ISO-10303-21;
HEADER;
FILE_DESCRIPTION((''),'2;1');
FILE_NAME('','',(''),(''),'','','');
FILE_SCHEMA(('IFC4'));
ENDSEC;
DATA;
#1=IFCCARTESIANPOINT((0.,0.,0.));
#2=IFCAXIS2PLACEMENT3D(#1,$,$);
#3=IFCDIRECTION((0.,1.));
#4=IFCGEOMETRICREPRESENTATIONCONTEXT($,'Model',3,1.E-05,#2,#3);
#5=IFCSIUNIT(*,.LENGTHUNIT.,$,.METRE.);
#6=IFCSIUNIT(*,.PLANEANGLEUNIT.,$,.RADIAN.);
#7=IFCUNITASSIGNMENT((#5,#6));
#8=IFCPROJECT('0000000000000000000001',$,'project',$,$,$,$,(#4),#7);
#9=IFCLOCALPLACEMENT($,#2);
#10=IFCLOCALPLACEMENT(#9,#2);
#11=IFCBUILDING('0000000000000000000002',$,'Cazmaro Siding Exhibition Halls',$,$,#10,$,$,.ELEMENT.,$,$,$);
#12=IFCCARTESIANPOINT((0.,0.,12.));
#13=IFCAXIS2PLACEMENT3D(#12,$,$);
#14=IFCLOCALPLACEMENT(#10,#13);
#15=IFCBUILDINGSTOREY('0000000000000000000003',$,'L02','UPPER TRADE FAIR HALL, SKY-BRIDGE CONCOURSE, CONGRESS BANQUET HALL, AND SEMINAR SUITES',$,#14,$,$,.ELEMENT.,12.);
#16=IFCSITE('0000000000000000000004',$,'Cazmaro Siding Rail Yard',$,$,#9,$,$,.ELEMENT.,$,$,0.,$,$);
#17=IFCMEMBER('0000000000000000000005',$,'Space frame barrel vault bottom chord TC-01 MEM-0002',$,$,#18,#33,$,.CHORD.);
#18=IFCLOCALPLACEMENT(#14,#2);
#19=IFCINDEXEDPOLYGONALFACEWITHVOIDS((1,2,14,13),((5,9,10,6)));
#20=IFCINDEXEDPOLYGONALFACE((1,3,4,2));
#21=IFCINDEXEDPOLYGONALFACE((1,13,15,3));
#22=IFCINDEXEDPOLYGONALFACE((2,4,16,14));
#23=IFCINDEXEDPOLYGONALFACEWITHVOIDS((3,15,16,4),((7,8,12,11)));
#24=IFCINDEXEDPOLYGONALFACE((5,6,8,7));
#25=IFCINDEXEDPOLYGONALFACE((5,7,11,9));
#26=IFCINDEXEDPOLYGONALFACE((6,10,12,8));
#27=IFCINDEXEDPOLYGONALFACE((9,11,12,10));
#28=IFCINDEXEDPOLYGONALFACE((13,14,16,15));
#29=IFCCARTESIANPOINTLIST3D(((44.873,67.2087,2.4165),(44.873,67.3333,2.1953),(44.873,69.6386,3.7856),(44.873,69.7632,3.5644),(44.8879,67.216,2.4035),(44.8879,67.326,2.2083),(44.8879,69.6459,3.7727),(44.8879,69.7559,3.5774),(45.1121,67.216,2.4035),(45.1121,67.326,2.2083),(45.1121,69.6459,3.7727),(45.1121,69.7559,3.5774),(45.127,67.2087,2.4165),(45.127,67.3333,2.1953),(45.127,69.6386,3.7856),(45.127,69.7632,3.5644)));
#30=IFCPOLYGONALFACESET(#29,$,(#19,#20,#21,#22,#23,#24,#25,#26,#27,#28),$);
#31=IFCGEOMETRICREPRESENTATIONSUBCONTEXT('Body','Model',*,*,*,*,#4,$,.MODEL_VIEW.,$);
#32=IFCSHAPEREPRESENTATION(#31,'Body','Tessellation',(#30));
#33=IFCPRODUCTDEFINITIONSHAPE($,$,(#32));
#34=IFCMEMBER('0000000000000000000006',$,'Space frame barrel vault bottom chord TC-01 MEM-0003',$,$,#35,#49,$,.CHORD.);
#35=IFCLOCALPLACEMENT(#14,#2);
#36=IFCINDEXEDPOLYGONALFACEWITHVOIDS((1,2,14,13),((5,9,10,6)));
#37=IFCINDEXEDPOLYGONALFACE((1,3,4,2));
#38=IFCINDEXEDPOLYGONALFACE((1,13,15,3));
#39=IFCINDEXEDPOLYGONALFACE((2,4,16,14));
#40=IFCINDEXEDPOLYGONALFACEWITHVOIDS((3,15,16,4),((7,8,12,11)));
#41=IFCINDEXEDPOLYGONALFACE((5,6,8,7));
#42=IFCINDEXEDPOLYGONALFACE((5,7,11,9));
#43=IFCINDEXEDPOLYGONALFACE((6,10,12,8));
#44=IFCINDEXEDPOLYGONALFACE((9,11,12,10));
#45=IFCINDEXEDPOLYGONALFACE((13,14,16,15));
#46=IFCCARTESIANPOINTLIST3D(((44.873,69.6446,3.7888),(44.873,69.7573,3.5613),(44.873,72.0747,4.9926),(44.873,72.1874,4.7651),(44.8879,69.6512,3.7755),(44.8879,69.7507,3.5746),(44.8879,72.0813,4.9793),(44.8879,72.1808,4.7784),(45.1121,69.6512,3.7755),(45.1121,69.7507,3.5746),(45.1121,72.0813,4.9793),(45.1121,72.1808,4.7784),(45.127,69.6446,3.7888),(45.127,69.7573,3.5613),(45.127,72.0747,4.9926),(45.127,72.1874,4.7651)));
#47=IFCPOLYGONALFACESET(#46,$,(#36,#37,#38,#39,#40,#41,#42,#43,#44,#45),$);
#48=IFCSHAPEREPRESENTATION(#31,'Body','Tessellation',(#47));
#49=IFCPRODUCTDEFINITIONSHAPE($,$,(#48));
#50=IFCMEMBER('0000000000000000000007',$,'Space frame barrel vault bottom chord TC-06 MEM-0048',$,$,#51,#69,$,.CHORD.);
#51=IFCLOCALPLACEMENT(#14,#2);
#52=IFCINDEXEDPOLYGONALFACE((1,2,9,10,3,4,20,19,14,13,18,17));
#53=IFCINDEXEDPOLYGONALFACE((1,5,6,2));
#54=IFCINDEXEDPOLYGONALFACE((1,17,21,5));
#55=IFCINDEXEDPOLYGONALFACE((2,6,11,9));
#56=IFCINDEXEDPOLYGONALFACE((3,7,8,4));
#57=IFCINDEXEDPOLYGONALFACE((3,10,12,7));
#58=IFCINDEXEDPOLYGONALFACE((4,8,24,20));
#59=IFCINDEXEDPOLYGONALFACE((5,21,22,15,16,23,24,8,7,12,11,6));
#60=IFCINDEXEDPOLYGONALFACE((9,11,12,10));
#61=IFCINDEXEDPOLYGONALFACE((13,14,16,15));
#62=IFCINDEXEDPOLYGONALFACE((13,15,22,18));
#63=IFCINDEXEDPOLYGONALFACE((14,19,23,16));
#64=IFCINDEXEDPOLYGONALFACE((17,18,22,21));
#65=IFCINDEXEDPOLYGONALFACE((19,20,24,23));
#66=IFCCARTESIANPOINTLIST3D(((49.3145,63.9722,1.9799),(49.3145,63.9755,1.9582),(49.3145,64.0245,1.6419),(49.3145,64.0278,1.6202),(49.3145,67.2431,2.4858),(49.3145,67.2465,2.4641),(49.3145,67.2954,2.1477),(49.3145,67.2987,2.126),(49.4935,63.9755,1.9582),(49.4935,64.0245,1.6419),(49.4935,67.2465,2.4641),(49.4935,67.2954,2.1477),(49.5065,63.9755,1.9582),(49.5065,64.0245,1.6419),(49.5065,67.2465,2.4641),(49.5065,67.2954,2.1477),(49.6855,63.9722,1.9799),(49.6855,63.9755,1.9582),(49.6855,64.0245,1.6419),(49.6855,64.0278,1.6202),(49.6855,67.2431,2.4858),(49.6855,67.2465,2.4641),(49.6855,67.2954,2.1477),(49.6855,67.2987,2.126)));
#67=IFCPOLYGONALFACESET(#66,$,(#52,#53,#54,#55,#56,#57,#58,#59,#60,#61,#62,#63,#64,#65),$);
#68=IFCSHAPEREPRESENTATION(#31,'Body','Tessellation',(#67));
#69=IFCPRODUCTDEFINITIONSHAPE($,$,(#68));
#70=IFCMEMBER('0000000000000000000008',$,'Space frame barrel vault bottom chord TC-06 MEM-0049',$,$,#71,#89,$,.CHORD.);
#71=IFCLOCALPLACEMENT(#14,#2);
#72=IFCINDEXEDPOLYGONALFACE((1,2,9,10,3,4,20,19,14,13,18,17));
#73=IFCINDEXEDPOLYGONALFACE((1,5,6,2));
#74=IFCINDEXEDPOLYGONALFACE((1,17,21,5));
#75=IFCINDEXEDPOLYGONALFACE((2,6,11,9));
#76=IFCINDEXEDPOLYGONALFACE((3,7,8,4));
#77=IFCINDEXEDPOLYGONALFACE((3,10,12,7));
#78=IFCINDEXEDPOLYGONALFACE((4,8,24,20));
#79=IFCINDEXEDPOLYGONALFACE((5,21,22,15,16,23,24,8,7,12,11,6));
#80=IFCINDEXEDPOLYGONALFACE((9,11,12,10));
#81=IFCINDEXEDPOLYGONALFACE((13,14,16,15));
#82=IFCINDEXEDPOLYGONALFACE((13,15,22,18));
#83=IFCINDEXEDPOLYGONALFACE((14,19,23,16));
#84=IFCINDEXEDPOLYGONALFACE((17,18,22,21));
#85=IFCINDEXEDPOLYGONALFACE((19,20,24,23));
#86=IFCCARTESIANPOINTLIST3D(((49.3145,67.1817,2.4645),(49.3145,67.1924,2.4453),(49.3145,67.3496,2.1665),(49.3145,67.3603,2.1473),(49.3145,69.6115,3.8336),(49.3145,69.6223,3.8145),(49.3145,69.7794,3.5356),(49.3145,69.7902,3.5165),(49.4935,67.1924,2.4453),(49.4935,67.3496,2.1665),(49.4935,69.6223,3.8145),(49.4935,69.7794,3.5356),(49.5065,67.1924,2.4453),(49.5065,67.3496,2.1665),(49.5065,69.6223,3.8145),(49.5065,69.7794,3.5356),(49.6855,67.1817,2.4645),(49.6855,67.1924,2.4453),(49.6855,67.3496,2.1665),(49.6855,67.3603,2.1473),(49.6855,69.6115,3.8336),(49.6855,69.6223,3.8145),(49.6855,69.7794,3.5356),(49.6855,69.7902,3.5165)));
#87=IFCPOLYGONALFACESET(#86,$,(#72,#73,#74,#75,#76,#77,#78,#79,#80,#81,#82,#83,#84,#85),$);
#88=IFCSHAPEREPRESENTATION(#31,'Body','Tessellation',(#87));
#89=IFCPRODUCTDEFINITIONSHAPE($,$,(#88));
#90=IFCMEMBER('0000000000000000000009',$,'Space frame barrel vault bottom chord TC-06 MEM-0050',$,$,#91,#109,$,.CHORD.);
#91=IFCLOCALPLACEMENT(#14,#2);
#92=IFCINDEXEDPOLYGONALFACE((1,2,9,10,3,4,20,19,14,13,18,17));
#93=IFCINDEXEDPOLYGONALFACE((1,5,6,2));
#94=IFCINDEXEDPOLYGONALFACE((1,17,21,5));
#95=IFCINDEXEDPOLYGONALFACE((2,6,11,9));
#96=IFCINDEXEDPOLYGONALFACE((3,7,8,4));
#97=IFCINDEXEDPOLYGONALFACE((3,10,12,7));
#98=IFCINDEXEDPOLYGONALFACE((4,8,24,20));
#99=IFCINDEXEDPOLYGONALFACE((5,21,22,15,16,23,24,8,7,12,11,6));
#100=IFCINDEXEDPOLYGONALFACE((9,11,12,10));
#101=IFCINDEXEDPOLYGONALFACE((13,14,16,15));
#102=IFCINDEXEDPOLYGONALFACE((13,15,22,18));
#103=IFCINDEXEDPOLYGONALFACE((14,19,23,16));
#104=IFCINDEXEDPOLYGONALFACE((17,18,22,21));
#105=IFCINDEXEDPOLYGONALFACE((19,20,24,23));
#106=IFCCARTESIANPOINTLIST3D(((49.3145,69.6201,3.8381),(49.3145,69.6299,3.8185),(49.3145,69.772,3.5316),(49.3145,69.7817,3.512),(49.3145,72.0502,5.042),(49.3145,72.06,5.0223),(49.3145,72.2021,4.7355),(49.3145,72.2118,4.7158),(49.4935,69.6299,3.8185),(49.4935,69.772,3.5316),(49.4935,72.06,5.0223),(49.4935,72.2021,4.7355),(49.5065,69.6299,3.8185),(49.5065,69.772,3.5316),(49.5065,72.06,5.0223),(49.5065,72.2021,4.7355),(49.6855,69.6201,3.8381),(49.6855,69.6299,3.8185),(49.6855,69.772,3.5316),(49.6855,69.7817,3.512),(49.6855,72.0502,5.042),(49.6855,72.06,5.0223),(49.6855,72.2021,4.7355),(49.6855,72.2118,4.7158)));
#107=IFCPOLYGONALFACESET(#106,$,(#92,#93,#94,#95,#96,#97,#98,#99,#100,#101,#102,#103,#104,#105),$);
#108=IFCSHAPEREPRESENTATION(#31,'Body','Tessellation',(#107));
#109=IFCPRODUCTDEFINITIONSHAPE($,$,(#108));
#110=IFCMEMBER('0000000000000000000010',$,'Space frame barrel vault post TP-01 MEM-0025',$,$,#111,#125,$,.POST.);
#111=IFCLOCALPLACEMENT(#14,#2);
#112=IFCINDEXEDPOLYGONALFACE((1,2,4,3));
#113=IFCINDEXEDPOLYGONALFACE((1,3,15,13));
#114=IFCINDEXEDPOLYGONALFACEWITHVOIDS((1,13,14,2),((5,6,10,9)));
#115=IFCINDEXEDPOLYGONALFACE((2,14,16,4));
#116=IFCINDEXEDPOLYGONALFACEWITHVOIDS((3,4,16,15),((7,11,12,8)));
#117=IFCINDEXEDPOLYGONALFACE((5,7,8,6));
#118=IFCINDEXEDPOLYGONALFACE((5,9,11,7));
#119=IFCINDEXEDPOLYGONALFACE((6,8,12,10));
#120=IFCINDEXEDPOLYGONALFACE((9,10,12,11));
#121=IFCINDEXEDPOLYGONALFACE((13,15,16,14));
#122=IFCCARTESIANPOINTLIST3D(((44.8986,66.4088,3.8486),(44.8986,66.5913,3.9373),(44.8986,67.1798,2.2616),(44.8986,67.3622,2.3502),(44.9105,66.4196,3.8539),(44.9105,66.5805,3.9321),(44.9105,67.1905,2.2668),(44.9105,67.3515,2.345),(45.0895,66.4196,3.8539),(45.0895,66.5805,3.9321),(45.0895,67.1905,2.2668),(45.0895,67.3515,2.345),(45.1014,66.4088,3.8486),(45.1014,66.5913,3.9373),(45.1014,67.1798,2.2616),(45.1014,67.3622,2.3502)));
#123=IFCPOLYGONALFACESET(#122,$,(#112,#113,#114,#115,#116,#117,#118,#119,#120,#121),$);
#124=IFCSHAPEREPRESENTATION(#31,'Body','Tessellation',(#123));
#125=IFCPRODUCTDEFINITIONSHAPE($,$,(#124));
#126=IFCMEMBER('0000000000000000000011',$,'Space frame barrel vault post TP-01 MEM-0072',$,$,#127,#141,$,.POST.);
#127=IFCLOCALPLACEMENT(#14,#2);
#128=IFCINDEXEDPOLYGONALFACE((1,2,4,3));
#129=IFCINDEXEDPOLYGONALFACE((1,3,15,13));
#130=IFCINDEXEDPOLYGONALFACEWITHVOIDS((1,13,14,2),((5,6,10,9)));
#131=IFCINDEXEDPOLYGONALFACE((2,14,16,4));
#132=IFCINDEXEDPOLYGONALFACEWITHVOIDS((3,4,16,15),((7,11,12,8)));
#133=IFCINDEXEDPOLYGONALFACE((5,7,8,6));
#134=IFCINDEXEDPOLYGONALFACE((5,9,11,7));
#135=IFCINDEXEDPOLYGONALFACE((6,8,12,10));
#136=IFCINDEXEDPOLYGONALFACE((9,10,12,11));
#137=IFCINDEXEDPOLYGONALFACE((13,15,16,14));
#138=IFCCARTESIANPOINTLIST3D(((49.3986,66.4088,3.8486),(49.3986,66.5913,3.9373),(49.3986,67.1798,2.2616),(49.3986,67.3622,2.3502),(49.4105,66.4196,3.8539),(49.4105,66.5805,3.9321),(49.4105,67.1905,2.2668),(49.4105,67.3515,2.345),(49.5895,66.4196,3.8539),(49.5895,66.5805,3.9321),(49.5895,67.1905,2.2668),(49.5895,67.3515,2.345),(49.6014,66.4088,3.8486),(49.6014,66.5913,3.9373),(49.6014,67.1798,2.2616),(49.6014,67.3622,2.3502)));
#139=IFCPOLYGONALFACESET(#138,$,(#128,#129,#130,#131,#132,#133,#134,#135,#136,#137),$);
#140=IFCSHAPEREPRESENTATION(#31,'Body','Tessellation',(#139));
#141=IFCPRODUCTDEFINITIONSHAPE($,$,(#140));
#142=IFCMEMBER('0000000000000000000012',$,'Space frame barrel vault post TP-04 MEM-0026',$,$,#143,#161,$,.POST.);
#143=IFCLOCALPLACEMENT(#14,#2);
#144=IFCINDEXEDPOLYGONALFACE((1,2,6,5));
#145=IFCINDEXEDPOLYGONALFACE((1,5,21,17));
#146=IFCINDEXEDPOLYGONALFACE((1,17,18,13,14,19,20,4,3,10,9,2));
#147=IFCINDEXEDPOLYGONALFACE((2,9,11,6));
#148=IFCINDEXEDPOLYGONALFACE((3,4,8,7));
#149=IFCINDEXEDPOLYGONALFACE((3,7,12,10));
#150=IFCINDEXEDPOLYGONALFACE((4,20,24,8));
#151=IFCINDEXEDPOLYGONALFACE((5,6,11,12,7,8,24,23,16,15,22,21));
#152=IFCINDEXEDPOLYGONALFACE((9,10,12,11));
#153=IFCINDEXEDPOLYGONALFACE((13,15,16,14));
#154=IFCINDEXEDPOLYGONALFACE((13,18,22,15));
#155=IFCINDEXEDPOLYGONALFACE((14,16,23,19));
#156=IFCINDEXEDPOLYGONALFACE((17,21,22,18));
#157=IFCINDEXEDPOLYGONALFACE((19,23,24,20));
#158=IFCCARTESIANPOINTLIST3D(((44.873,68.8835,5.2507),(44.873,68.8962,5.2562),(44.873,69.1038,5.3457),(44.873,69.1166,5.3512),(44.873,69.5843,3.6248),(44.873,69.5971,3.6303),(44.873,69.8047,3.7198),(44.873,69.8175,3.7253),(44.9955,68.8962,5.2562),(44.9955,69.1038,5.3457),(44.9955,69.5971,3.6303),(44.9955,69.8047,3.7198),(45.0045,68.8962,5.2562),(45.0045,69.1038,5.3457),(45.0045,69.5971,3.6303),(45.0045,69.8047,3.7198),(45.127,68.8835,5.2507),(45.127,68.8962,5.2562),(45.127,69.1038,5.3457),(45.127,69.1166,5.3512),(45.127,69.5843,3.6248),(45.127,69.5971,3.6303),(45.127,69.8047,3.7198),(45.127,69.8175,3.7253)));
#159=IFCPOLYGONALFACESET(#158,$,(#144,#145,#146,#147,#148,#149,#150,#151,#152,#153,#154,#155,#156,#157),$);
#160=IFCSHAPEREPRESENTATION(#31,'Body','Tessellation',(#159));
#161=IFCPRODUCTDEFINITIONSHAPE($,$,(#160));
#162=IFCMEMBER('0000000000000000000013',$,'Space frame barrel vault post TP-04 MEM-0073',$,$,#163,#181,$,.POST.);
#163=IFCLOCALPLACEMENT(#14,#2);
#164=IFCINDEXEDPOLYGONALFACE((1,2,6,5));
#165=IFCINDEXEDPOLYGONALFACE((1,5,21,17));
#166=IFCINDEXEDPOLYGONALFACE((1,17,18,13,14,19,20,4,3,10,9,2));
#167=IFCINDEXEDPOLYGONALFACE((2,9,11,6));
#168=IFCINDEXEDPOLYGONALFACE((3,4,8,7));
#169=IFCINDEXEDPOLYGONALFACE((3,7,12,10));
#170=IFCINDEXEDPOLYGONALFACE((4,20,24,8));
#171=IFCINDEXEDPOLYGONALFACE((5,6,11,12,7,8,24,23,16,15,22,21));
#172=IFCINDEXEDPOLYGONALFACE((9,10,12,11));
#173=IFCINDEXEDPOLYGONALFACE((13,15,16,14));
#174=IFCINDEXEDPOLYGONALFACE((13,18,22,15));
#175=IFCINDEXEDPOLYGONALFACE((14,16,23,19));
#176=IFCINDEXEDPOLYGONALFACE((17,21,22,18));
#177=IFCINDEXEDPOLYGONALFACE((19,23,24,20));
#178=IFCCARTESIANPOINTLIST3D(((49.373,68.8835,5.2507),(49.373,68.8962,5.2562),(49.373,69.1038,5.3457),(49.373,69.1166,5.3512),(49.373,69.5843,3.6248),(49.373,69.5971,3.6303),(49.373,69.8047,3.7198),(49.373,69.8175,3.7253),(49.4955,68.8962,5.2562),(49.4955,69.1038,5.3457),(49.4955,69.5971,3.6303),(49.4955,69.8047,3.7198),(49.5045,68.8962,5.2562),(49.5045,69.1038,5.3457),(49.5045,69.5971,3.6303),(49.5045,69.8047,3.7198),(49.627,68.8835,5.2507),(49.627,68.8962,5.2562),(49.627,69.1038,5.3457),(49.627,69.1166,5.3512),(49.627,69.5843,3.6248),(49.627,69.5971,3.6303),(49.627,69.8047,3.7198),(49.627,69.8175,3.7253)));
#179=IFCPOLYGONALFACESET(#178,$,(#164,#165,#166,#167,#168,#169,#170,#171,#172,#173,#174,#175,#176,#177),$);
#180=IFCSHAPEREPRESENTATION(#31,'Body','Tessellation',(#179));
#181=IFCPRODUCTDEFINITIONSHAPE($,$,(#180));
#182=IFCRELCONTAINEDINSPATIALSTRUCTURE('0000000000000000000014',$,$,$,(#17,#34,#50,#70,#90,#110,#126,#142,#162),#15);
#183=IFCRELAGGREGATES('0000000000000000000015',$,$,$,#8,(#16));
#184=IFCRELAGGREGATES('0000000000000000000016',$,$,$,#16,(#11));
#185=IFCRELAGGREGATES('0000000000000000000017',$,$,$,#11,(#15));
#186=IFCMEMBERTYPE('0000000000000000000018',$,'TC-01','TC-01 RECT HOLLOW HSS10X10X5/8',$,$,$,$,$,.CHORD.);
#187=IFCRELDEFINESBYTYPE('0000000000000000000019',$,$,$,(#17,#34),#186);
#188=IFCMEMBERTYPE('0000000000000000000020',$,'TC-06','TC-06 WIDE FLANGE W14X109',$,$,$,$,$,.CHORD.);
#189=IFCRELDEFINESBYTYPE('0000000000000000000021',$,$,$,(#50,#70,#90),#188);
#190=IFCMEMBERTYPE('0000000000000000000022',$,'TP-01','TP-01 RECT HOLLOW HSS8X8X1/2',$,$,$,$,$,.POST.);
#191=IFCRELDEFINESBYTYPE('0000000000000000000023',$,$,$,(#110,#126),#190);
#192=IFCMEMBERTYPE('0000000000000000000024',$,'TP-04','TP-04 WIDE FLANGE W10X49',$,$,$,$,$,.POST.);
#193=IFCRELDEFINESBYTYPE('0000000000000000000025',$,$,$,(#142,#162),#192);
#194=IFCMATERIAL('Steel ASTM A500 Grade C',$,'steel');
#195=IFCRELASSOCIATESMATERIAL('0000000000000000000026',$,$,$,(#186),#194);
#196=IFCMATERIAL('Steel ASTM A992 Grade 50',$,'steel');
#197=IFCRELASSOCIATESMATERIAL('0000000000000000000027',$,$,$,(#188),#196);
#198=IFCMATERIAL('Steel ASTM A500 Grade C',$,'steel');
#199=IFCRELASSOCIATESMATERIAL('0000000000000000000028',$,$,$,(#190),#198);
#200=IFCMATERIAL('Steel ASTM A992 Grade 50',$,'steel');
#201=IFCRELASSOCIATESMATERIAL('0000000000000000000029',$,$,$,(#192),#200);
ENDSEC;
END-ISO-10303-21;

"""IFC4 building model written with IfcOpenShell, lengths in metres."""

from ifc_helpers import new_model, si_unit, direction, frame, origin, origin_2d, place, context, subcontext, project, spatial, hollow_rectangle, i_section, extrude, material, material_profile, profile_set, type_object, element, save


model = new_model("IFC4")

# Units and contexts
model_context = context("Model", 3, precision=1e-05, world=origin(), true_north=direction((0.0, 1.0)))
body_context = subcontext(model_context, "Body", "Model", "MODEL_VIEW")
ifc_project = project(units=[si_unit("LENGTHUNIT", "METRE"), si_unit("PLANEANGLEUNIT", "RADIAN")], contexts=[model_context])

# Site, building, storey
site_placement = place(None, origin())
site = spatial("IfcSite", under=ifc_project, at=site_placement, Name="Cazmaro Siding Rail Yard", CompositionType="ELEMENT", RefElevation=0.0)
building_placement = place(site_placement, origin())
building = spatial("IfcBuilding", under=site, at=building_placement, Name="Cazmaro Siding Exhibition Halls", CompositionType="ELEMENT")
storey_placement = place(building_placement, frame((0.0, 0.0, 12.0)))
storey = spatial("IfcBuildingStorey", under=building, at=storey_placement, Name="L02", Description="UPPER TRADE FAIR HALL, SKY-BRIDGE CONCOURSE, CONGRESS BANQUET HALL, AND SEMINAR SUITES", CompositionType="ELEMENT", Elevation=12.0)

# Members
ifc_material_1 = material(Name="Steel ASTM A500 Grade C", Category="steel")
ifc_material_profile_1 = material_profile(ifc_material_1, hollow_rectangle(XDim=0.2539, YDim=0.2539, WallThickness=0.0149, at=origin_2d()), Name="HSS10X10X5/8")
ifc_profile_set_1 = profile_set([ifc_material_profile_1], Name="Steel ASTM A500 Grade C")
member_type_1 = type_object("IfcMemberType", Name="TC-01", Description="TC-01 RECT HOLLOW HSS10X10X5/8", PredefinedType="CHORD", material=ifc_profile_set_1)
member_1_placement = place(storey_placement, frame((45.0, 67.271, 2.3059), z_axis=(0.0, 0.871222, 0.490889), x_axis=(-1.0, 0.0, 0.0)))
element("IfcMember", 1, at=member_1_placement, inside=storey, type_object=member_type_1, Name="Space frame barrel vault bottom chord TC-01 MEM-0002", PredefinedType="CHORD", context=body_context, shape_type="SweptSolid", body=[
    extrude(hollow_rectangle(XDim=0.2539, YDim=0.2539, WallThickness=0.0149, at=origin_2d()), origin(), (0.0, 0.0, 1.0), 2.7891),
])
member_2_placement = place(storey_placement, frame((45.0, 69.7009, 3.675), z_axis=(0.0, 0.896077, 0.443898), x_axis=(-1.0, 0.0, 0.0)))
element("IfcMember", 2, at=member_2_placement, inside=storey, type_object=member_type_1, Name="Space frame barrel vault bottom chord TC-01 MEM-0003", PredefinedType="CHORD", context=body_context, shape_type="SweptSolid", body=[
    extrude(hollow_rectangle(XDim=0.2539, YDim=0.2539, WallThickness=0.0149, at=origin_2d()), origin(), (0.0, 0.0, 1.0), 2.7119),
])
ifc_material_2 = material(Name="Steel ASTM A992 Grade 50", Category="steel")
ifc_material_profile_2 = material_profile(ifc_material_2, i_section(OverallWidth=0.3711, OverallDepth=0.364, WebThickness=0.0129, FlangeThickness=0.022, at=origin_2d()), Name="W14X109")
ifc_profile_set_2 = profile_set([ifc_material_profile_2], Name="Steel ASTM A992 Grade 50")
member_type_2 = type_object("IfcMemberType", Name="TC-06", Description="TC-06 WIDE FLANGE W14X109", PredefinedType="CHORD", material=ifc_profile_set_2)
member_3_placement = place(storey_placement, frame((49.5, 64.0, 1.8), z_axis=(0.0, 0.988252, 0.152833), x_axis=(-1.0, 0.0, 0.0)))
element("IfcMember", 3, at=member_3_placement, inside=storey, type_object=member_type_2, Name="Space frame barrel vault bottom chord TC-06 MEM-0048", PredefinedType="CHORD", context=body_context, shape_type="SweptSolid", body=[
    extrude(i_section(OverallWidth=0.3711, OverallDepth=0.364, WebThickness=0.0129, FlangeThickness=0.022, at=origin_2d()), origin(), (0.0, 0.0, 1.0), 3.3098),
])
member_4_placement = place(storey_placement, frame((49.5, 67.271, 2.3059), z_axis=(0.0, 0.871222, 0.490889), x_axis=(-1.0, 0.0, 0.0)))
element("IfcMember", 4, at=member_4_placement, inside=storey, type_object=member_type_2, Name="Space frame barrel vault bottom chord TC-06 MEM-0049", PredefinedType="CHORD", context=body_context, shape_type="SweptSolid", body=[
    extrude(i_section(OverallWidth=0.3711, OverallDepth=0.364, WebThickness=0.0129, FlangeThickness=0.022, at=origin_2d()), origin(), (0.0, 0.0, 1.0), 2.7891),
])
member_5_placement = place(storey_placement, frame((49.5, 69.7009, 3.675), z_axis=(0.0, 0.896077, 0.443898), x_axis=(-1.0, 0.0, 0.0)))
element("IfcMember", 5, at=member_5_placement, inside=storey, type_object=member_type_2, Name="Space frame barrel vault bottom chord TC-06 MEM-0050", PredefinedType="CHORD", context=body_context, shape_type="SweptSolid", body=[
    extrude(i_section(OverallWidth=0.3711, OverallDepth=0.364, WebThickness=0.0129, FlangeThickness=0.022, at=origin_2d()), origin(), (0.0, 0.0, 1.0), 2.7119),
])
ifc_material_3 = material(Name="Steel ASTM A500 Grade C", Category="steel")
ifc_material_profile_3 = material_profile(ifc_material_3, hollow_rectangle(XDim=0.2029, YDim=0.2029, WallThickness=0.012, at=origin_2d()), Name="HSS8X8X1/2")
ifc_profile_set_3 = profile_set([ifc_material_profile_3], Name="Steel ASTM A500 Grade C")
member_type_3 = type_object("IfcMemberType", Name="TP-01", Description="TP-01 RECT HOLLOW HSS8X8X1/2", PredefinedType="POST", material=ifc_profile_set_3)
for number, where, z_axis, x_axis, name in (
    (6, (45.0, 67.271, 2.3059), (0.0, -0.436946, 0.899488), (1.0, 0.0, 0.0), "Space frame barrel vault post TP-01 MEM-0025"),
    (7, (49.5, 67.271, 2.3059), (0.0, -0.436946, 0.899488), (1.0, 0.0, 0.0), "Space frame barrel vault post TP-01 MEM-0072"),
):
    element("IfcMember", number, at=place(storey_placement, frame(where, z_axis=z_axis, x_axis=x_axis)), inside=storey, type_object=member_type_3, Name=name, PredefinedType="POST", context=body_context, shape_type="SweptSolid", body=[
        extrude(hollow_rectangle(XDim=0.2029, YDim=0.2029, WallThickness=0.012, at=origin_2d()), origin(), (0.0, 0.0, 1.0), 1.7644),
    ])
ifc_material_4 = material(Name="Steel ASTM A992 Grade 50", Category="steel")
ifc_material_profile_4 = material_profile(ifc_material_4, i_section(OverallWidth=0.2539, OverallDepth=0.2539, WebThickness=0.009, FlangeThickness=0.0139, at=origin_2d()), Name="W10X49")
ifc_profile_set_4 = profile_set([ifc_material_profile_4], Name="Steel ASTM A992 Grade 50")
member_type_4 = type_object("IfcMemberType", Name="TP-04", Description="TP-04 WIDE FLANGE W10X49", PredefinedType="POST", material=ifc_profile_set_4)
for number, where, z_axis, x_axis, name in (
    (8, (45.0, 69.7009, 3.675), (0.0, -0.395865, 0.918309), (1.0, 0.0, 0.0), "Space frame barrel vault post TP-04 MEM-0026"),
    (9, (49.5, 69.7009, 3.675), (0.0, -0.395865, 0.918309), (1.0, 0.0, 0.0), "Space frame barrel vault post TP-04 MEM-0073"),
):
    element("IfcMember", number, at=place(storey_placement, frame(where, z_axis=z_axis, x_axis=x_axis)), inside=storey, type_object=member_type_4, Name=name, PredefinedType="POST", context=body_context, shape_type="SweptSolid", body=[
        extrude(i_section(OverallWidth=0.2539, OverallDepth=0.2539, WebThickness=0.009, FlangeThickness=0.0139, at=origin_2d()), origin(), (0.0, 0.0, 1.0), 1.7705),
    ])

save(model, "model.ifc")
